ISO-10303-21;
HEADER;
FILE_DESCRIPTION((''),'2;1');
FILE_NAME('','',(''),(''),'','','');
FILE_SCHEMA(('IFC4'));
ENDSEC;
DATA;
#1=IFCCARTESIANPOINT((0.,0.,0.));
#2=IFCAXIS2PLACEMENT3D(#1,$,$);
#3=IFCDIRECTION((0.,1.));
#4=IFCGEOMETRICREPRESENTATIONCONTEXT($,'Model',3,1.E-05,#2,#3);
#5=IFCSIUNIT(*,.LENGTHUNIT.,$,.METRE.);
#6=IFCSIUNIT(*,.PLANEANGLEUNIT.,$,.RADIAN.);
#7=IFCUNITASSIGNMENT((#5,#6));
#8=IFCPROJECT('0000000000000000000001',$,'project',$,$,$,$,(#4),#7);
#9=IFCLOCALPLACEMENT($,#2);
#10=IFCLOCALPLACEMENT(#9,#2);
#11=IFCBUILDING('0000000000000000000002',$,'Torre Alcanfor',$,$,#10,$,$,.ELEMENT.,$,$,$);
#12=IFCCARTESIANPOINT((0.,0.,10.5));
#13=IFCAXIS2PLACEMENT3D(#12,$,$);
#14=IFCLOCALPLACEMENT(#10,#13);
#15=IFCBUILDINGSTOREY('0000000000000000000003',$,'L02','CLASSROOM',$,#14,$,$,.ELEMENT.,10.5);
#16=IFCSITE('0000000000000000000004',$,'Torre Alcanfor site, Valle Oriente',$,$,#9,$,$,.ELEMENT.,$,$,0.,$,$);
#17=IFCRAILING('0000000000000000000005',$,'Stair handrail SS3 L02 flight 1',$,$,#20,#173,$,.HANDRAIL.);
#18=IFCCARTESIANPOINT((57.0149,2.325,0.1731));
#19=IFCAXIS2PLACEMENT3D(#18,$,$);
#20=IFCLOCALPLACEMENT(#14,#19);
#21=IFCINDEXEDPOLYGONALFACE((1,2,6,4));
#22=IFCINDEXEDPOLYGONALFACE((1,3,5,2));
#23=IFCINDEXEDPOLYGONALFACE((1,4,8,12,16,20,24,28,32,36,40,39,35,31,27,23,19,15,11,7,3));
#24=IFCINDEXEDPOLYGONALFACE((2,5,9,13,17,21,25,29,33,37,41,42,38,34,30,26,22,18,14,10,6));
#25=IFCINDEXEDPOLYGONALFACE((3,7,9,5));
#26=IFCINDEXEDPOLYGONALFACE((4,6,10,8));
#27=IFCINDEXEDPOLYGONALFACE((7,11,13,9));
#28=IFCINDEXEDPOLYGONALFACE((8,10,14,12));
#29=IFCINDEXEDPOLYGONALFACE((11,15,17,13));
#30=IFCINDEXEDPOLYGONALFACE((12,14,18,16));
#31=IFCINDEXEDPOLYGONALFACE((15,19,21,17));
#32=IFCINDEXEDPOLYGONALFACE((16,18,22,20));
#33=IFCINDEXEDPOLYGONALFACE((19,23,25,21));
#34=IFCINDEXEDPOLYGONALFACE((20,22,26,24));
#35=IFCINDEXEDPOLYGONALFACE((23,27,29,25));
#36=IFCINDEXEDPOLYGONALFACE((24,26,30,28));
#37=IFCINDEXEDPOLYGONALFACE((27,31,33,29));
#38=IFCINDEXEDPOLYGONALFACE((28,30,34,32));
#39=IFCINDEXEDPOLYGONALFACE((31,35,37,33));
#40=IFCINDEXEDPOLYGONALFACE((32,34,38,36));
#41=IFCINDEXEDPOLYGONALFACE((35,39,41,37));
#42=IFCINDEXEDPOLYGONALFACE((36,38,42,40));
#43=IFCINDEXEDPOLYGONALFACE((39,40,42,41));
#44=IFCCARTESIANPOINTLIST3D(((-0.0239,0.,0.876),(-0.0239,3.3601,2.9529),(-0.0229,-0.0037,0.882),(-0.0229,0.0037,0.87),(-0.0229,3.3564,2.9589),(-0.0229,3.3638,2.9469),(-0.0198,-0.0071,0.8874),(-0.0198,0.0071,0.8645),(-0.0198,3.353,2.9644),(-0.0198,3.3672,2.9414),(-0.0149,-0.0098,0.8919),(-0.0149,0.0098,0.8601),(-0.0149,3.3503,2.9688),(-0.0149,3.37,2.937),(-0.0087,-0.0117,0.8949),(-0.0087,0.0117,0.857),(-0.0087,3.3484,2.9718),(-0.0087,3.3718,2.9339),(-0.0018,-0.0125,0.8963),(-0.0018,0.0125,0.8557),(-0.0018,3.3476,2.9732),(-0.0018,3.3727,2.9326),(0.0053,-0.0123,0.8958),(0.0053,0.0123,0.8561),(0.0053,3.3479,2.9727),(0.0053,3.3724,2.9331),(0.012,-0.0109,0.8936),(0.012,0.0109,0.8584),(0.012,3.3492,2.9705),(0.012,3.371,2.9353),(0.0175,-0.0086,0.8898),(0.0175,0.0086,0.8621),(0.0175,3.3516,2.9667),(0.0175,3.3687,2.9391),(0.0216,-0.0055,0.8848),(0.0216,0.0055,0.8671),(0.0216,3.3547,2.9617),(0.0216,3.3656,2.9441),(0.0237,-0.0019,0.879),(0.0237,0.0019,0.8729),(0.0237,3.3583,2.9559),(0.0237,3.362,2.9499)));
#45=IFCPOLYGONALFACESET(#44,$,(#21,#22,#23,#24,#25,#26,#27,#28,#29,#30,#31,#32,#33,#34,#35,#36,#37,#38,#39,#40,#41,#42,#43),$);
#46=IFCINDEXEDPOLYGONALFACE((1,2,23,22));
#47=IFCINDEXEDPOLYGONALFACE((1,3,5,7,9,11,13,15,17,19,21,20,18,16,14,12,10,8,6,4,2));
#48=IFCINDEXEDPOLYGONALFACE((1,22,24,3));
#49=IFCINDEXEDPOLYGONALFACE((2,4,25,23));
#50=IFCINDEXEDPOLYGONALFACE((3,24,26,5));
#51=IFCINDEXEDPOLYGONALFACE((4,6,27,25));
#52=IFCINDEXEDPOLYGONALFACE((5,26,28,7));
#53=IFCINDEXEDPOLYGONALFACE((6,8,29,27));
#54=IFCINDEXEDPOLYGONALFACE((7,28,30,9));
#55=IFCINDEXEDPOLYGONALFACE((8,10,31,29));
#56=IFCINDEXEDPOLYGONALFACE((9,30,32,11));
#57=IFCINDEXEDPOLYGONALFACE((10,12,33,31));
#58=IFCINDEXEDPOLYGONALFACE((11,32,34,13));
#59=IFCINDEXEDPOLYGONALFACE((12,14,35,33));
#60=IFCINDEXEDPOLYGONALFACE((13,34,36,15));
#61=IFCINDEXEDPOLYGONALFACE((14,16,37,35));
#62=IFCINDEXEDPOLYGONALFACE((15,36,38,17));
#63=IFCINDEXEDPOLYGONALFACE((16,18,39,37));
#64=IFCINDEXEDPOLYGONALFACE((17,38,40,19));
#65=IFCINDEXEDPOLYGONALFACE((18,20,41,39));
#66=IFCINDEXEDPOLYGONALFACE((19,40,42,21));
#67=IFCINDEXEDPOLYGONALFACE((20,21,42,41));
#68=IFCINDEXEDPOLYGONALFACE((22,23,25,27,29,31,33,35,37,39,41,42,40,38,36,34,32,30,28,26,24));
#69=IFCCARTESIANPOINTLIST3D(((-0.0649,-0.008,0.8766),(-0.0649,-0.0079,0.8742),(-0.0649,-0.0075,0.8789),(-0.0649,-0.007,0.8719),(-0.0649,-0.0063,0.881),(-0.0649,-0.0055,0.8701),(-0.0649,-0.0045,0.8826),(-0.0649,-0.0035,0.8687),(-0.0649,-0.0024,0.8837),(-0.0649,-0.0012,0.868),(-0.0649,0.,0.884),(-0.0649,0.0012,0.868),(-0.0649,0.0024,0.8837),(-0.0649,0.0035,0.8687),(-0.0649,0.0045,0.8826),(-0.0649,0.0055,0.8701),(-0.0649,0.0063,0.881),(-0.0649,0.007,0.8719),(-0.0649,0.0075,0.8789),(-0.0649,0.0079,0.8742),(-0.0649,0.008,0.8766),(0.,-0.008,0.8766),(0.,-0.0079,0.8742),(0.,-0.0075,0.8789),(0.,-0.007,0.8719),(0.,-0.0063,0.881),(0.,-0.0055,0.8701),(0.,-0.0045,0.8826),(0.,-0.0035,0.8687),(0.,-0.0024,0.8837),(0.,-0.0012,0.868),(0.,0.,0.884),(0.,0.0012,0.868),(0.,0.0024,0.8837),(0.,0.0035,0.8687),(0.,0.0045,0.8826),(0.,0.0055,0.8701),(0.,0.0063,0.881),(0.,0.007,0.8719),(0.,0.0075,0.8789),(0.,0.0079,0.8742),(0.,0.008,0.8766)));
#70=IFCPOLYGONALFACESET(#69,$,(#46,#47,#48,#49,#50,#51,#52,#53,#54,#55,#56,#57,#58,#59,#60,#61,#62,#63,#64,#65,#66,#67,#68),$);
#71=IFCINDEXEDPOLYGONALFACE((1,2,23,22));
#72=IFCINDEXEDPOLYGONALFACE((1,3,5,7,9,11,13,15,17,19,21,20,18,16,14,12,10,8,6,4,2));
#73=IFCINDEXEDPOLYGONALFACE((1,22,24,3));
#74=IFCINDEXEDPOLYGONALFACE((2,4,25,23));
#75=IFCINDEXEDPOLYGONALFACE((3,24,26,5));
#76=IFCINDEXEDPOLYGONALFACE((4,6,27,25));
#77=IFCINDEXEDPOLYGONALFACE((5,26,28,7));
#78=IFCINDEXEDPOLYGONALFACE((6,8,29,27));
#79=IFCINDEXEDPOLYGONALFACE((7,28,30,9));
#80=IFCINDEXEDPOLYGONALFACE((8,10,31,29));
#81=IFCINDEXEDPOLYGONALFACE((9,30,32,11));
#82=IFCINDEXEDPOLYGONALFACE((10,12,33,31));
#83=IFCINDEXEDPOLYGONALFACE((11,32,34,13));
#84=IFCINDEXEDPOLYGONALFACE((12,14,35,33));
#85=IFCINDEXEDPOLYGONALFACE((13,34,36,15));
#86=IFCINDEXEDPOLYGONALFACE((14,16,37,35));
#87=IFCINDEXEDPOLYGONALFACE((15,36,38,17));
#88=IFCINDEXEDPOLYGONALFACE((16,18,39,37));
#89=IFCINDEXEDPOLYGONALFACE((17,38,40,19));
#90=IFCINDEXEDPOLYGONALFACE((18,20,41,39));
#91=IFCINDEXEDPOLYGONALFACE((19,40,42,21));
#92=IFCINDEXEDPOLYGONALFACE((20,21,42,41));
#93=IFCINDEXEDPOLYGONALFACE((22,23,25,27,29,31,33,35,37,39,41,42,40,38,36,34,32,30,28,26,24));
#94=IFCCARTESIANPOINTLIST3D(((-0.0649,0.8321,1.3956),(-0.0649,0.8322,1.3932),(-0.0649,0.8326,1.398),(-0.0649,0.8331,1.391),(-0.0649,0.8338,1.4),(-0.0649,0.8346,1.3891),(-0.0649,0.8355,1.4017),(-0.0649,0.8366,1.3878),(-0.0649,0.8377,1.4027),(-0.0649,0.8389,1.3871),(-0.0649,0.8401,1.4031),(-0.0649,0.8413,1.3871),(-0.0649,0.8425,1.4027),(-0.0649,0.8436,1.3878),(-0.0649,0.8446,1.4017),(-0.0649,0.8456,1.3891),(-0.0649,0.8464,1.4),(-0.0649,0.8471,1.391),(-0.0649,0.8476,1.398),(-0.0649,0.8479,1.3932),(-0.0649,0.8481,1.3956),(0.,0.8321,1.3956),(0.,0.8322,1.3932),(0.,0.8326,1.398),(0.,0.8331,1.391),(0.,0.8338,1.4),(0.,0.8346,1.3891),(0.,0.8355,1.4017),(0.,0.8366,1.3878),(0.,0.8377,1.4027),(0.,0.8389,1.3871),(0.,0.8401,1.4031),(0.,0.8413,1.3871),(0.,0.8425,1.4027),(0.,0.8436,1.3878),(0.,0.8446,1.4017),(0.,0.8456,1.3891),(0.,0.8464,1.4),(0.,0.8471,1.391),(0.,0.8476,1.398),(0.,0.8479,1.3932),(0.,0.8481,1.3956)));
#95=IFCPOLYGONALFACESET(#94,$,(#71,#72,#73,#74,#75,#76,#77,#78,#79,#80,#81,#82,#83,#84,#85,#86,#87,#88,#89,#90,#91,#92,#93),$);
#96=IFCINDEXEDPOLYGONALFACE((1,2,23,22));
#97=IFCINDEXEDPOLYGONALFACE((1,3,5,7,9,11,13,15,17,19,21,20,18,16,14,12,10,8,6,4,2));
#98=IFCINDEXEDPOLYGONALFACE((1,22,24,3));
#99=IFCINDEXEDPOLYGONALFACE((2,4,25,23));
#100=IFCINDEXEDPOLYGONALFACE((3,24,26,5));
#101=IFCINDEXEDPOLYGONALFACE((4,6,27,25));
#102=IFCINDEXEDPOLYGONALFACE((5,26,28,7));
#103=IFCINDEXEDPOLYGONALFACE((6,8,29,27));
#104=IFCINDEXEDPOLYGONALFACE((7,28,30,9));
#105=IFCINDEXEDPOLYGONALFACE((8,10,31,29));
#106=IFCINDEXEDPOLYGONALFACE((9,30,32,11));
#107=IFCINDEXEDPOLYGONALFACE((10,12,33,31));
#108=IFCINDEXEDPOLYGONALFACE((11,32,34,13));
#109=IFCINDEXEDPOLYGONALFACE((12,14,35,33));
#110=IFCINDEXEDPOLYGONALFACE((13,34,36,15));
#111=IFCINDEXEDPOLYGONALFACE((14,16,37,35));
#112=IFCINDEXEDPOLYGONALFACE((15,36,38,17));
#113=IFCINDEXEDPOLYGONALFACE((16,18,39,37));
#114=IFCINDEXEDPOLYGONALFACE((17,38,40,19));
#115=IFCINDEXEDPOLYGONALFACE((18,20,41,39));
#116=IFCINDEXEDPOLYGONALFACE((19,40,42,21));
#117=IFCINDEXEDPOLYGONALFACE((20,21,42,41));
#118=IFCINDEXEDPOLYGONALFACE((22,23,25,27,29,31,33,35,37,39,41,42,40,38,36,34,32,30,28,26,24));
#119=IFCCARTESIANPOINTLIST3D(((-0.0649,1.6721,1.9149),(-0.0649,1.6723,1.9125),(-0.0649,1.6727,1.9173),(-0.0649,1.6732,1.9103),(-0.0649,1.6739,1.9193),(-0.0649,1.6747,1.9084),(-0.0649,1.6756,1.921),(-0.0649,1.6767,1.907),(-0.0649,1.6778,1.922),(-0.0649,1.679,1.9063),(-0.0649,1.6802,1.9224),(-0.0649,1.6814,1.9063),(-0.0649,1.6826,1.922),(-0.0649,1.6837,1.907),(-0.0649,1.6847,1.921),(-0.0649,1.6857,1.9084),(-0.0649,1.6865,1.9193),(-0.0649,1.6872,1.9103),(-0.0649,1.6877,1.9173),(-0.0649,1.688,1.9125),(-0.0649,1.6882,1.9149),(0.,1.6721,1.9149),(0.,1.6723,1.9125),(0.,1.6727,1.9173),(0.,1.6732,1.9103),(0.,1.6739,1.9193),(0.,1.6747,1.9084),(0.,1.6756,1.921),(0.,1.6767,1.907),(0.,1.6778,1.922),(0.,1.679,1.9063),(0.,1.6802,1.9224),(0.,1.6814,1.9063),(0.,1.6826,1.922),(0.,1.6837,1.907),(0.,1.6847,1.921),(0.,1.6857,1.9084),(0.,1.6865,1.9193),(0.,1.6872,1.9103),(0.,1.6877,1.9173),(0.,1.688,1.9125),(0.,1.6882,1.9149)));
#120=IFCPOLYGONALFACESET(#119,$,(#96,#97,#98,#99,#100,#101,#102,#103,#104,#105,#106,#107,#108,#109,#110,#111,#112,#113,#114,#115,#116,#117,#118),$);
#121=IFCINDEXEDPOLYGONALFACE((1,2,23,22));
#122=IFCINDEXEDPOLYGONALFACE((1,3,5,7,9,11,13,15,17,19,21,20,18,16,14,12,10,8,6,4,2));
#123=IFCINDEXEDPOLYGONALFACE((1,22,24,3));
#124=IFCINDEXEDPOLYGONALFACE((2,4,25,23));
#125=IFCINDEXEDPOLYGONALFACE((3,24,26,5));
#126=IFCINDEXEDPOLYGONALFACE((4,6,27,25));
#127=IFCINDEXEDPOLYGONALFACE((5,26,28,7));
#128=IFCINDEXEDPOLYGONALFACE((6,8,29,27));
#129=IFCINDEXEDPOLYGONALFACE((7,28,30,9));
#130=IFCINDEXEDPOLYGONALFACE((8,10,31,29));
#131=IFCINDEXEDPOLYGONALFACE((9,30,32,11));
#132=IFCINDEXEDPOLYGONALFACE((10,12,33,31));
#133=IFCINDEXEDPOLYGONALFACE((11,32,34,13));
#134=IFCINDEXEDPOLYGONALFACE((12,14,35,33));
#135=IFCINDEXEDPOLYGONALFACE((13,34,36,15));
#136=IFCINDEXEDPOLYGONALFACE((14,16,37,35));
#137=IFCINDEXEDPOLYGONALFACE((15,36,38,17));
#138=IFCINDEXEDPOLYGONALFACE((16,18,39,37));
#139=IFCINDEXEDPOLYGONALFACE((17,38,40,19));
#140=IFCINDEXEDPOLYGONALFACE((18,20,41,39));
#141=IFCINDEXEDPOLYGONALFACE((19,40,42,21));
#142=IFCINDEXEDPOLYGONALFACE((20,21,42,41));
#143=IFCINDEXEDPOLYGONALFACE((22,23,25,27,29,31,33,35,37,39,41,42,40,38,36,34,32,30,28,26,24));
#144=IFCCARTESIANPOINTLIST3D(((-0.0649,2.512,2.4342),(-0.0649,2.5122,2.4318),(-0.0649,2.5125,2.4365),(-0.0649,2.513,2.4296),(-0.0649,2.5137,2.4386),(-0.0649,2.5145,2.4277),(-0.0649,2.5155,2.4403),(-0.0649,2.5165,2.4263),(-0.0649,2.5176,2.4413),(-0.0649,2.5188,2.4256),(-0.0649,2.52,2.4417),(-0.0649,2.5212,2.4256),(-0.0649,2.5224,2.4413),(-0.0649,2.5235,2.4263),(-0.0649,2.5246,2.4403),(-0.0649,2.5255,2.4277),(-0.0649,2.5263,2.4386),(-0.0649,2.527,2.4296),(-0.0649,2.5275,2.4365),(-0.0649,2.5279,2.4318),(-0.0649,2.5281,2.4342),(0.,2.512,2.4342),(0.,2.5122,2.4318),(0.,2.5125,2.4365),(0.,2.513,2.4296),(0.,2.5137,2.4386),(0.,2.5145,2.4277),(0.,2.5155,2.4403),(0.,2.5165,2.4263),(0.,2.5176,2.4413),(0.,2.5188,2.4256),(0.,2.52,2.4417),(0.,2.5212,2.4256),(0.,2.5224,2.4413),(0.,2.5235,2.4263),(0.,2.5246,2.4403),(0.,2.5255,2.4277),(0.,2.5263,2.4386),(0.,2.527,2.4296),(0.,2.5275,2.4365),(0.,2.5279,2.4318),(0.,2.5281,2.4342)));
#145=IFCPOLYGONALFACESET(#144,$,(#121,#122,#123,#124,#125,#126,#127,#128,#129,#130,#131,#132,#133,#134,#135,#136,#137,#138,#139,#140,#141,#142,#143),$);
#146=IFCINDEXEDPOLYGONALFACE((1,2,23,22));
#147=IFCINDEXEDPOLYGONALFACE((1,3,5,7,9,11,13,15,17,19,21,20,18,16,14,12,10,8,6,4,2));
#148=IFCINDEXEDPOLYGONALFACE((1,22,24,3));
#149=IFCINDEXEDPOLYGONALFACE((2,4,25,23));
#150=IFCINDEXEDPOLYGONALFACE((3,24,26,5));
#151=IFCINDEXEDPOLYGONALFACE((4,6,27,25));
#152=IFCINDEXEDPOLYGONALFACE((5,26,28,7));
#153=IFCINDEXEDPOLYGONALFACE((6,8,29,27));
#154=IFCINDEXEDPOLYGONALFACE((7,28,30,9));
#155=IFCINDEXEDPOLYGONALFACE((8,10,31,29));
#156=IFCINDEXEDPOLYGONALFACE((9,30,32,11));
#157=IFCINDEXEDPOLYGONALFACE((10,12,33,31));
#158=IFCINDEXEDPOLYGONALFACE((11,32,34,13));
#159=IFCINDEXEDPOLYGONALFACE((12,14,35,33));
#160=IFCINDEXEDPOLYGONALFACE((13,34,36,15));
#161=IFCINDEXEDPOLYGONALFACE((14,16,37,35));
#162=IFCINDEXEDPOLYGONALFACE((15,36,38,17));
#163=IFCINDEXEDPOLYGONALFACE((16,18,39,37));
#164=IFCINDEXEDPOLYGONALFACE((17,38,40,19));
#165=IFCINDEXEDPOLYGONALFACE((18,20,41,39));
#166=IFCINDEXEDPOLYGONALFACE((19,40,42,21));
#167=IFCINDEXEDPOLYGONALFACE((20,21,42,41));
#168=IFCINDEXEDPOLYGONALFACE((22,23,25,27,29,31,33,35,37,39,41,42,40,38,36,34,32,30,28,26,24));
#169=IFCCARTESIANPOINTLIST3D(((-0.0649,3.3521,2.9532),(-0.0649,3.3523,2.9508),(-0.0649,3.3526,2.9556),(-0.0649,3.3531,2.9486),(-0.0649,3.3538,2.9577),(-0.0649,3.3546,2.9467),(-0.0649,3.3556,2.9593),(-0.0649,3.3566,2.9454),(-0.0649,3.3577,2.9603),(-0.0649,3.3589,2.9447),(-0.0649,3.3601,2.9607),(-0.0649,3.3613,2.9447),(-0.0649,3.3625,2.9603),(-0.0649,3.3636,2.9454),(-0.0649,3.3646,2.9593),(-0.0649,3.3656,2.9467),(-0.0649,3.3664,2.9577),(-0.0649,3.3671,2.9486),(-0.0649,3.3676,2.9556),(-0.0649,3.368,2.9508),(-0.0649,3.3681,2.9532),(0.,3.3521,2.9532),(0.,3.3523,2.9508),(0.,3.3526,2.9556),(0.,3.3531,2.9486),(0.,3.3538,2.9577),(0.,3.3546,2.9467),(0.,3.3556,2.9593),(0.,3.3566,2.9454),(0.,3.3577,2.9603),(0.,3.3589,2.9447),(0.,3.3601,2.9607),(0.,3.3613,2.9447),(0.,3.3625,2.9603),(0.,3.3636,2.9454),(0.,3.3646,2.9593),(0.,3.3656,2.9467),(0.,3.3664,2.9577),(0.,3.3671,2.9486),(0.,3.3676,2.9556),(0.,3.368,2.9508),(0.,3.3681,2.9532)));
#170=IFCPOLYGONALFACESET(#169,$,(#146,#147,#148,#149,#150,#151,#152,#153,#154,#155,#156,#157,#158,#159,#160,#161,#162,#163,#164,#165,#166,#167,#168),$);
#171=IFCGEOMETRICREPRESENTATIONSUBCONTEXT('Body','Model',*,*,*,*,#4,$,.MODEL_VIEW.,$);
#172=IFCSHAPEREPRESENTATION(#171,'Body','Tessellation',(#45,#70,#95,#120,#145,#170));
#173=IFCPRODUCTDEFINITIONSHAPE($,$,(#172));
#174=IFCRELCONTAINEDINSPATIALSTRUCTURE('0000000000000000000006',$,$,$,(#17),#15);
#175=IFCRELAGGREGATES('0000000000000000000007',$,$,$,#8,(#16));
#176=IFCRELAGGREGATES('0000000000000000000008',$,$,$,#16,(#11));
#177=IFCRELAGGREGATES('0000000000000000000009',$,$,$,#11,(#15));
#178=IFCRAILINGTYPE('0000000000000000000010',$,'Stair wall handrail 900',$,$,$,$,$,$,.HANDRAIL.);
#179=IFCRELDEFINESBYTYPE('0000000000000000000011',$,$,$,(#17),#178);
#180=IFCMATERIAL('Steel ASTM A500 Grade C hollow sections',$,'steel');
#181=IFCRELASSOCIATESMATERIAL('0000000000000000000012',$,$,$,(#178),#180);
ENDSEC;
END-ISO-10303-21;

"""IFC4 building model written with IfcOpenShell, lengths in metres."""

from ifc_helpers import new_model, si_unit, direction, frame, origin, origin_2d, place, context, subcontext, project, spatial, circle, extrude, material, type_object, element, save


model = new_model("IFC4")

# Units and contexts
model_context = context("Model", 3, precision=1e-05, world=origin(), true_north=direction((0.0, 1.0)))
body_context = subcontext(model_context, "Body", "Model", "MODEL_VIEW")
ifc_project = project(units=[si_unit("LENGTHUNIT", "METRE"), si_unit("PLANEANGLEUNIT", "RADIAN")], contexts=[model_context])

# Site, building, storey
site_placement = place(None, origin())
site = spatial("IfcSite", under=ifc_project, at=site_placement, Name="Torre Alcanfor site, Valle Oriente", CompositionType="ELEMENT", RefElevation=0.0)
building_placement = place(site_placement, origin())
building = spatial("IfcBuilding", under=site, at=building_placement, Name="Torre Alcanfor", CompositionType="ELEMENT")
storey_placement = place(building_placement, frame((0.0, 0.0, 10.5)))
storey = spatial("IfcBuildingStorey", under=building, at=storey_placement, Name="L02", Description="CLASSROOM", CompositionType="ELEMENT", Elevation=10.5)

# Railing
ifc_material_1 = material(Name="Steel ASTM A500 Grade C hollow sections", Category="steel")
railing_type_1 = type_object("IfcRailingType", Name="Stair wall handrail 900", PredefinedType="HANDRAIL", material=ifc_material_1)
railing_1_placement = place(storey_placement, frame((57.0149, 2.325, 0.1731)))
element("IfcRailing", 1, at=railing_1_placement, inside=storey, type_object=railing_type_1, Name="Stair handrail SS3 L02 flight 1", PredefinedType="HANDRAIL", context=body_context, shape_type="SweptSolid", body=[
    extrude(circle(Radius=0.0239, at=origin_2d()), frame((0.0, 0.0, 0.876), z_axis=(0.0, 0.850623, 0.525776), x_axis=(-1.0, 0.0, 0.0)), (0.0, 0.0, 1.0), 3.9502),
    extrude(circle(Radius=0.0081, at=origin_2d()), frame((0.0, 0.0, 0.876), z_axis=(-1.0, 0.0, 0.0), x_axis=(0.0, 0.0, 1.0)), (0.0, 0.0, 1.0), 0.0649),
    extrude(circle(Radius=0.0081, at=origin_2d()), frame((0.0, 0.8401, 1.395), z_axis=(-1.0, 0.0, 0.0), x_axis=(0.0, 0.0, 1.0)), (0.0, 0.0, 1.0), 0.0649),
    extrude(circle(Radius=0.0081, at=origin_2d()), frame((0.0, 1.6802, 1.9143), z_axis=(-1.0, 0.0, 0.0), x_axis=(0.0, 0.0, 1.0)), (0.0, 0.0, 1.0), 0.0649),
    extrude(circle(Radius=0.0081, at=origin_2d()), frame((0.0, 2.52, 2.4336), z_axis=(-1.0, 0.0, 0.0), x_axis=(0.0, 0.0, 1.0)), (0.0, 0.0, 1.0), 0.0649),
    extrude(circle(Radius=0.0081, at=origin_2d()), frame((0.0, 3.3601, 2.9526), z_axis=(-1.0, 0.0, 0.0), x_axis=(0.0, 0.0, 1.0)), (0.0, 0.0, 1.0), 0.0649),
])

save(model, "model.ifc")
